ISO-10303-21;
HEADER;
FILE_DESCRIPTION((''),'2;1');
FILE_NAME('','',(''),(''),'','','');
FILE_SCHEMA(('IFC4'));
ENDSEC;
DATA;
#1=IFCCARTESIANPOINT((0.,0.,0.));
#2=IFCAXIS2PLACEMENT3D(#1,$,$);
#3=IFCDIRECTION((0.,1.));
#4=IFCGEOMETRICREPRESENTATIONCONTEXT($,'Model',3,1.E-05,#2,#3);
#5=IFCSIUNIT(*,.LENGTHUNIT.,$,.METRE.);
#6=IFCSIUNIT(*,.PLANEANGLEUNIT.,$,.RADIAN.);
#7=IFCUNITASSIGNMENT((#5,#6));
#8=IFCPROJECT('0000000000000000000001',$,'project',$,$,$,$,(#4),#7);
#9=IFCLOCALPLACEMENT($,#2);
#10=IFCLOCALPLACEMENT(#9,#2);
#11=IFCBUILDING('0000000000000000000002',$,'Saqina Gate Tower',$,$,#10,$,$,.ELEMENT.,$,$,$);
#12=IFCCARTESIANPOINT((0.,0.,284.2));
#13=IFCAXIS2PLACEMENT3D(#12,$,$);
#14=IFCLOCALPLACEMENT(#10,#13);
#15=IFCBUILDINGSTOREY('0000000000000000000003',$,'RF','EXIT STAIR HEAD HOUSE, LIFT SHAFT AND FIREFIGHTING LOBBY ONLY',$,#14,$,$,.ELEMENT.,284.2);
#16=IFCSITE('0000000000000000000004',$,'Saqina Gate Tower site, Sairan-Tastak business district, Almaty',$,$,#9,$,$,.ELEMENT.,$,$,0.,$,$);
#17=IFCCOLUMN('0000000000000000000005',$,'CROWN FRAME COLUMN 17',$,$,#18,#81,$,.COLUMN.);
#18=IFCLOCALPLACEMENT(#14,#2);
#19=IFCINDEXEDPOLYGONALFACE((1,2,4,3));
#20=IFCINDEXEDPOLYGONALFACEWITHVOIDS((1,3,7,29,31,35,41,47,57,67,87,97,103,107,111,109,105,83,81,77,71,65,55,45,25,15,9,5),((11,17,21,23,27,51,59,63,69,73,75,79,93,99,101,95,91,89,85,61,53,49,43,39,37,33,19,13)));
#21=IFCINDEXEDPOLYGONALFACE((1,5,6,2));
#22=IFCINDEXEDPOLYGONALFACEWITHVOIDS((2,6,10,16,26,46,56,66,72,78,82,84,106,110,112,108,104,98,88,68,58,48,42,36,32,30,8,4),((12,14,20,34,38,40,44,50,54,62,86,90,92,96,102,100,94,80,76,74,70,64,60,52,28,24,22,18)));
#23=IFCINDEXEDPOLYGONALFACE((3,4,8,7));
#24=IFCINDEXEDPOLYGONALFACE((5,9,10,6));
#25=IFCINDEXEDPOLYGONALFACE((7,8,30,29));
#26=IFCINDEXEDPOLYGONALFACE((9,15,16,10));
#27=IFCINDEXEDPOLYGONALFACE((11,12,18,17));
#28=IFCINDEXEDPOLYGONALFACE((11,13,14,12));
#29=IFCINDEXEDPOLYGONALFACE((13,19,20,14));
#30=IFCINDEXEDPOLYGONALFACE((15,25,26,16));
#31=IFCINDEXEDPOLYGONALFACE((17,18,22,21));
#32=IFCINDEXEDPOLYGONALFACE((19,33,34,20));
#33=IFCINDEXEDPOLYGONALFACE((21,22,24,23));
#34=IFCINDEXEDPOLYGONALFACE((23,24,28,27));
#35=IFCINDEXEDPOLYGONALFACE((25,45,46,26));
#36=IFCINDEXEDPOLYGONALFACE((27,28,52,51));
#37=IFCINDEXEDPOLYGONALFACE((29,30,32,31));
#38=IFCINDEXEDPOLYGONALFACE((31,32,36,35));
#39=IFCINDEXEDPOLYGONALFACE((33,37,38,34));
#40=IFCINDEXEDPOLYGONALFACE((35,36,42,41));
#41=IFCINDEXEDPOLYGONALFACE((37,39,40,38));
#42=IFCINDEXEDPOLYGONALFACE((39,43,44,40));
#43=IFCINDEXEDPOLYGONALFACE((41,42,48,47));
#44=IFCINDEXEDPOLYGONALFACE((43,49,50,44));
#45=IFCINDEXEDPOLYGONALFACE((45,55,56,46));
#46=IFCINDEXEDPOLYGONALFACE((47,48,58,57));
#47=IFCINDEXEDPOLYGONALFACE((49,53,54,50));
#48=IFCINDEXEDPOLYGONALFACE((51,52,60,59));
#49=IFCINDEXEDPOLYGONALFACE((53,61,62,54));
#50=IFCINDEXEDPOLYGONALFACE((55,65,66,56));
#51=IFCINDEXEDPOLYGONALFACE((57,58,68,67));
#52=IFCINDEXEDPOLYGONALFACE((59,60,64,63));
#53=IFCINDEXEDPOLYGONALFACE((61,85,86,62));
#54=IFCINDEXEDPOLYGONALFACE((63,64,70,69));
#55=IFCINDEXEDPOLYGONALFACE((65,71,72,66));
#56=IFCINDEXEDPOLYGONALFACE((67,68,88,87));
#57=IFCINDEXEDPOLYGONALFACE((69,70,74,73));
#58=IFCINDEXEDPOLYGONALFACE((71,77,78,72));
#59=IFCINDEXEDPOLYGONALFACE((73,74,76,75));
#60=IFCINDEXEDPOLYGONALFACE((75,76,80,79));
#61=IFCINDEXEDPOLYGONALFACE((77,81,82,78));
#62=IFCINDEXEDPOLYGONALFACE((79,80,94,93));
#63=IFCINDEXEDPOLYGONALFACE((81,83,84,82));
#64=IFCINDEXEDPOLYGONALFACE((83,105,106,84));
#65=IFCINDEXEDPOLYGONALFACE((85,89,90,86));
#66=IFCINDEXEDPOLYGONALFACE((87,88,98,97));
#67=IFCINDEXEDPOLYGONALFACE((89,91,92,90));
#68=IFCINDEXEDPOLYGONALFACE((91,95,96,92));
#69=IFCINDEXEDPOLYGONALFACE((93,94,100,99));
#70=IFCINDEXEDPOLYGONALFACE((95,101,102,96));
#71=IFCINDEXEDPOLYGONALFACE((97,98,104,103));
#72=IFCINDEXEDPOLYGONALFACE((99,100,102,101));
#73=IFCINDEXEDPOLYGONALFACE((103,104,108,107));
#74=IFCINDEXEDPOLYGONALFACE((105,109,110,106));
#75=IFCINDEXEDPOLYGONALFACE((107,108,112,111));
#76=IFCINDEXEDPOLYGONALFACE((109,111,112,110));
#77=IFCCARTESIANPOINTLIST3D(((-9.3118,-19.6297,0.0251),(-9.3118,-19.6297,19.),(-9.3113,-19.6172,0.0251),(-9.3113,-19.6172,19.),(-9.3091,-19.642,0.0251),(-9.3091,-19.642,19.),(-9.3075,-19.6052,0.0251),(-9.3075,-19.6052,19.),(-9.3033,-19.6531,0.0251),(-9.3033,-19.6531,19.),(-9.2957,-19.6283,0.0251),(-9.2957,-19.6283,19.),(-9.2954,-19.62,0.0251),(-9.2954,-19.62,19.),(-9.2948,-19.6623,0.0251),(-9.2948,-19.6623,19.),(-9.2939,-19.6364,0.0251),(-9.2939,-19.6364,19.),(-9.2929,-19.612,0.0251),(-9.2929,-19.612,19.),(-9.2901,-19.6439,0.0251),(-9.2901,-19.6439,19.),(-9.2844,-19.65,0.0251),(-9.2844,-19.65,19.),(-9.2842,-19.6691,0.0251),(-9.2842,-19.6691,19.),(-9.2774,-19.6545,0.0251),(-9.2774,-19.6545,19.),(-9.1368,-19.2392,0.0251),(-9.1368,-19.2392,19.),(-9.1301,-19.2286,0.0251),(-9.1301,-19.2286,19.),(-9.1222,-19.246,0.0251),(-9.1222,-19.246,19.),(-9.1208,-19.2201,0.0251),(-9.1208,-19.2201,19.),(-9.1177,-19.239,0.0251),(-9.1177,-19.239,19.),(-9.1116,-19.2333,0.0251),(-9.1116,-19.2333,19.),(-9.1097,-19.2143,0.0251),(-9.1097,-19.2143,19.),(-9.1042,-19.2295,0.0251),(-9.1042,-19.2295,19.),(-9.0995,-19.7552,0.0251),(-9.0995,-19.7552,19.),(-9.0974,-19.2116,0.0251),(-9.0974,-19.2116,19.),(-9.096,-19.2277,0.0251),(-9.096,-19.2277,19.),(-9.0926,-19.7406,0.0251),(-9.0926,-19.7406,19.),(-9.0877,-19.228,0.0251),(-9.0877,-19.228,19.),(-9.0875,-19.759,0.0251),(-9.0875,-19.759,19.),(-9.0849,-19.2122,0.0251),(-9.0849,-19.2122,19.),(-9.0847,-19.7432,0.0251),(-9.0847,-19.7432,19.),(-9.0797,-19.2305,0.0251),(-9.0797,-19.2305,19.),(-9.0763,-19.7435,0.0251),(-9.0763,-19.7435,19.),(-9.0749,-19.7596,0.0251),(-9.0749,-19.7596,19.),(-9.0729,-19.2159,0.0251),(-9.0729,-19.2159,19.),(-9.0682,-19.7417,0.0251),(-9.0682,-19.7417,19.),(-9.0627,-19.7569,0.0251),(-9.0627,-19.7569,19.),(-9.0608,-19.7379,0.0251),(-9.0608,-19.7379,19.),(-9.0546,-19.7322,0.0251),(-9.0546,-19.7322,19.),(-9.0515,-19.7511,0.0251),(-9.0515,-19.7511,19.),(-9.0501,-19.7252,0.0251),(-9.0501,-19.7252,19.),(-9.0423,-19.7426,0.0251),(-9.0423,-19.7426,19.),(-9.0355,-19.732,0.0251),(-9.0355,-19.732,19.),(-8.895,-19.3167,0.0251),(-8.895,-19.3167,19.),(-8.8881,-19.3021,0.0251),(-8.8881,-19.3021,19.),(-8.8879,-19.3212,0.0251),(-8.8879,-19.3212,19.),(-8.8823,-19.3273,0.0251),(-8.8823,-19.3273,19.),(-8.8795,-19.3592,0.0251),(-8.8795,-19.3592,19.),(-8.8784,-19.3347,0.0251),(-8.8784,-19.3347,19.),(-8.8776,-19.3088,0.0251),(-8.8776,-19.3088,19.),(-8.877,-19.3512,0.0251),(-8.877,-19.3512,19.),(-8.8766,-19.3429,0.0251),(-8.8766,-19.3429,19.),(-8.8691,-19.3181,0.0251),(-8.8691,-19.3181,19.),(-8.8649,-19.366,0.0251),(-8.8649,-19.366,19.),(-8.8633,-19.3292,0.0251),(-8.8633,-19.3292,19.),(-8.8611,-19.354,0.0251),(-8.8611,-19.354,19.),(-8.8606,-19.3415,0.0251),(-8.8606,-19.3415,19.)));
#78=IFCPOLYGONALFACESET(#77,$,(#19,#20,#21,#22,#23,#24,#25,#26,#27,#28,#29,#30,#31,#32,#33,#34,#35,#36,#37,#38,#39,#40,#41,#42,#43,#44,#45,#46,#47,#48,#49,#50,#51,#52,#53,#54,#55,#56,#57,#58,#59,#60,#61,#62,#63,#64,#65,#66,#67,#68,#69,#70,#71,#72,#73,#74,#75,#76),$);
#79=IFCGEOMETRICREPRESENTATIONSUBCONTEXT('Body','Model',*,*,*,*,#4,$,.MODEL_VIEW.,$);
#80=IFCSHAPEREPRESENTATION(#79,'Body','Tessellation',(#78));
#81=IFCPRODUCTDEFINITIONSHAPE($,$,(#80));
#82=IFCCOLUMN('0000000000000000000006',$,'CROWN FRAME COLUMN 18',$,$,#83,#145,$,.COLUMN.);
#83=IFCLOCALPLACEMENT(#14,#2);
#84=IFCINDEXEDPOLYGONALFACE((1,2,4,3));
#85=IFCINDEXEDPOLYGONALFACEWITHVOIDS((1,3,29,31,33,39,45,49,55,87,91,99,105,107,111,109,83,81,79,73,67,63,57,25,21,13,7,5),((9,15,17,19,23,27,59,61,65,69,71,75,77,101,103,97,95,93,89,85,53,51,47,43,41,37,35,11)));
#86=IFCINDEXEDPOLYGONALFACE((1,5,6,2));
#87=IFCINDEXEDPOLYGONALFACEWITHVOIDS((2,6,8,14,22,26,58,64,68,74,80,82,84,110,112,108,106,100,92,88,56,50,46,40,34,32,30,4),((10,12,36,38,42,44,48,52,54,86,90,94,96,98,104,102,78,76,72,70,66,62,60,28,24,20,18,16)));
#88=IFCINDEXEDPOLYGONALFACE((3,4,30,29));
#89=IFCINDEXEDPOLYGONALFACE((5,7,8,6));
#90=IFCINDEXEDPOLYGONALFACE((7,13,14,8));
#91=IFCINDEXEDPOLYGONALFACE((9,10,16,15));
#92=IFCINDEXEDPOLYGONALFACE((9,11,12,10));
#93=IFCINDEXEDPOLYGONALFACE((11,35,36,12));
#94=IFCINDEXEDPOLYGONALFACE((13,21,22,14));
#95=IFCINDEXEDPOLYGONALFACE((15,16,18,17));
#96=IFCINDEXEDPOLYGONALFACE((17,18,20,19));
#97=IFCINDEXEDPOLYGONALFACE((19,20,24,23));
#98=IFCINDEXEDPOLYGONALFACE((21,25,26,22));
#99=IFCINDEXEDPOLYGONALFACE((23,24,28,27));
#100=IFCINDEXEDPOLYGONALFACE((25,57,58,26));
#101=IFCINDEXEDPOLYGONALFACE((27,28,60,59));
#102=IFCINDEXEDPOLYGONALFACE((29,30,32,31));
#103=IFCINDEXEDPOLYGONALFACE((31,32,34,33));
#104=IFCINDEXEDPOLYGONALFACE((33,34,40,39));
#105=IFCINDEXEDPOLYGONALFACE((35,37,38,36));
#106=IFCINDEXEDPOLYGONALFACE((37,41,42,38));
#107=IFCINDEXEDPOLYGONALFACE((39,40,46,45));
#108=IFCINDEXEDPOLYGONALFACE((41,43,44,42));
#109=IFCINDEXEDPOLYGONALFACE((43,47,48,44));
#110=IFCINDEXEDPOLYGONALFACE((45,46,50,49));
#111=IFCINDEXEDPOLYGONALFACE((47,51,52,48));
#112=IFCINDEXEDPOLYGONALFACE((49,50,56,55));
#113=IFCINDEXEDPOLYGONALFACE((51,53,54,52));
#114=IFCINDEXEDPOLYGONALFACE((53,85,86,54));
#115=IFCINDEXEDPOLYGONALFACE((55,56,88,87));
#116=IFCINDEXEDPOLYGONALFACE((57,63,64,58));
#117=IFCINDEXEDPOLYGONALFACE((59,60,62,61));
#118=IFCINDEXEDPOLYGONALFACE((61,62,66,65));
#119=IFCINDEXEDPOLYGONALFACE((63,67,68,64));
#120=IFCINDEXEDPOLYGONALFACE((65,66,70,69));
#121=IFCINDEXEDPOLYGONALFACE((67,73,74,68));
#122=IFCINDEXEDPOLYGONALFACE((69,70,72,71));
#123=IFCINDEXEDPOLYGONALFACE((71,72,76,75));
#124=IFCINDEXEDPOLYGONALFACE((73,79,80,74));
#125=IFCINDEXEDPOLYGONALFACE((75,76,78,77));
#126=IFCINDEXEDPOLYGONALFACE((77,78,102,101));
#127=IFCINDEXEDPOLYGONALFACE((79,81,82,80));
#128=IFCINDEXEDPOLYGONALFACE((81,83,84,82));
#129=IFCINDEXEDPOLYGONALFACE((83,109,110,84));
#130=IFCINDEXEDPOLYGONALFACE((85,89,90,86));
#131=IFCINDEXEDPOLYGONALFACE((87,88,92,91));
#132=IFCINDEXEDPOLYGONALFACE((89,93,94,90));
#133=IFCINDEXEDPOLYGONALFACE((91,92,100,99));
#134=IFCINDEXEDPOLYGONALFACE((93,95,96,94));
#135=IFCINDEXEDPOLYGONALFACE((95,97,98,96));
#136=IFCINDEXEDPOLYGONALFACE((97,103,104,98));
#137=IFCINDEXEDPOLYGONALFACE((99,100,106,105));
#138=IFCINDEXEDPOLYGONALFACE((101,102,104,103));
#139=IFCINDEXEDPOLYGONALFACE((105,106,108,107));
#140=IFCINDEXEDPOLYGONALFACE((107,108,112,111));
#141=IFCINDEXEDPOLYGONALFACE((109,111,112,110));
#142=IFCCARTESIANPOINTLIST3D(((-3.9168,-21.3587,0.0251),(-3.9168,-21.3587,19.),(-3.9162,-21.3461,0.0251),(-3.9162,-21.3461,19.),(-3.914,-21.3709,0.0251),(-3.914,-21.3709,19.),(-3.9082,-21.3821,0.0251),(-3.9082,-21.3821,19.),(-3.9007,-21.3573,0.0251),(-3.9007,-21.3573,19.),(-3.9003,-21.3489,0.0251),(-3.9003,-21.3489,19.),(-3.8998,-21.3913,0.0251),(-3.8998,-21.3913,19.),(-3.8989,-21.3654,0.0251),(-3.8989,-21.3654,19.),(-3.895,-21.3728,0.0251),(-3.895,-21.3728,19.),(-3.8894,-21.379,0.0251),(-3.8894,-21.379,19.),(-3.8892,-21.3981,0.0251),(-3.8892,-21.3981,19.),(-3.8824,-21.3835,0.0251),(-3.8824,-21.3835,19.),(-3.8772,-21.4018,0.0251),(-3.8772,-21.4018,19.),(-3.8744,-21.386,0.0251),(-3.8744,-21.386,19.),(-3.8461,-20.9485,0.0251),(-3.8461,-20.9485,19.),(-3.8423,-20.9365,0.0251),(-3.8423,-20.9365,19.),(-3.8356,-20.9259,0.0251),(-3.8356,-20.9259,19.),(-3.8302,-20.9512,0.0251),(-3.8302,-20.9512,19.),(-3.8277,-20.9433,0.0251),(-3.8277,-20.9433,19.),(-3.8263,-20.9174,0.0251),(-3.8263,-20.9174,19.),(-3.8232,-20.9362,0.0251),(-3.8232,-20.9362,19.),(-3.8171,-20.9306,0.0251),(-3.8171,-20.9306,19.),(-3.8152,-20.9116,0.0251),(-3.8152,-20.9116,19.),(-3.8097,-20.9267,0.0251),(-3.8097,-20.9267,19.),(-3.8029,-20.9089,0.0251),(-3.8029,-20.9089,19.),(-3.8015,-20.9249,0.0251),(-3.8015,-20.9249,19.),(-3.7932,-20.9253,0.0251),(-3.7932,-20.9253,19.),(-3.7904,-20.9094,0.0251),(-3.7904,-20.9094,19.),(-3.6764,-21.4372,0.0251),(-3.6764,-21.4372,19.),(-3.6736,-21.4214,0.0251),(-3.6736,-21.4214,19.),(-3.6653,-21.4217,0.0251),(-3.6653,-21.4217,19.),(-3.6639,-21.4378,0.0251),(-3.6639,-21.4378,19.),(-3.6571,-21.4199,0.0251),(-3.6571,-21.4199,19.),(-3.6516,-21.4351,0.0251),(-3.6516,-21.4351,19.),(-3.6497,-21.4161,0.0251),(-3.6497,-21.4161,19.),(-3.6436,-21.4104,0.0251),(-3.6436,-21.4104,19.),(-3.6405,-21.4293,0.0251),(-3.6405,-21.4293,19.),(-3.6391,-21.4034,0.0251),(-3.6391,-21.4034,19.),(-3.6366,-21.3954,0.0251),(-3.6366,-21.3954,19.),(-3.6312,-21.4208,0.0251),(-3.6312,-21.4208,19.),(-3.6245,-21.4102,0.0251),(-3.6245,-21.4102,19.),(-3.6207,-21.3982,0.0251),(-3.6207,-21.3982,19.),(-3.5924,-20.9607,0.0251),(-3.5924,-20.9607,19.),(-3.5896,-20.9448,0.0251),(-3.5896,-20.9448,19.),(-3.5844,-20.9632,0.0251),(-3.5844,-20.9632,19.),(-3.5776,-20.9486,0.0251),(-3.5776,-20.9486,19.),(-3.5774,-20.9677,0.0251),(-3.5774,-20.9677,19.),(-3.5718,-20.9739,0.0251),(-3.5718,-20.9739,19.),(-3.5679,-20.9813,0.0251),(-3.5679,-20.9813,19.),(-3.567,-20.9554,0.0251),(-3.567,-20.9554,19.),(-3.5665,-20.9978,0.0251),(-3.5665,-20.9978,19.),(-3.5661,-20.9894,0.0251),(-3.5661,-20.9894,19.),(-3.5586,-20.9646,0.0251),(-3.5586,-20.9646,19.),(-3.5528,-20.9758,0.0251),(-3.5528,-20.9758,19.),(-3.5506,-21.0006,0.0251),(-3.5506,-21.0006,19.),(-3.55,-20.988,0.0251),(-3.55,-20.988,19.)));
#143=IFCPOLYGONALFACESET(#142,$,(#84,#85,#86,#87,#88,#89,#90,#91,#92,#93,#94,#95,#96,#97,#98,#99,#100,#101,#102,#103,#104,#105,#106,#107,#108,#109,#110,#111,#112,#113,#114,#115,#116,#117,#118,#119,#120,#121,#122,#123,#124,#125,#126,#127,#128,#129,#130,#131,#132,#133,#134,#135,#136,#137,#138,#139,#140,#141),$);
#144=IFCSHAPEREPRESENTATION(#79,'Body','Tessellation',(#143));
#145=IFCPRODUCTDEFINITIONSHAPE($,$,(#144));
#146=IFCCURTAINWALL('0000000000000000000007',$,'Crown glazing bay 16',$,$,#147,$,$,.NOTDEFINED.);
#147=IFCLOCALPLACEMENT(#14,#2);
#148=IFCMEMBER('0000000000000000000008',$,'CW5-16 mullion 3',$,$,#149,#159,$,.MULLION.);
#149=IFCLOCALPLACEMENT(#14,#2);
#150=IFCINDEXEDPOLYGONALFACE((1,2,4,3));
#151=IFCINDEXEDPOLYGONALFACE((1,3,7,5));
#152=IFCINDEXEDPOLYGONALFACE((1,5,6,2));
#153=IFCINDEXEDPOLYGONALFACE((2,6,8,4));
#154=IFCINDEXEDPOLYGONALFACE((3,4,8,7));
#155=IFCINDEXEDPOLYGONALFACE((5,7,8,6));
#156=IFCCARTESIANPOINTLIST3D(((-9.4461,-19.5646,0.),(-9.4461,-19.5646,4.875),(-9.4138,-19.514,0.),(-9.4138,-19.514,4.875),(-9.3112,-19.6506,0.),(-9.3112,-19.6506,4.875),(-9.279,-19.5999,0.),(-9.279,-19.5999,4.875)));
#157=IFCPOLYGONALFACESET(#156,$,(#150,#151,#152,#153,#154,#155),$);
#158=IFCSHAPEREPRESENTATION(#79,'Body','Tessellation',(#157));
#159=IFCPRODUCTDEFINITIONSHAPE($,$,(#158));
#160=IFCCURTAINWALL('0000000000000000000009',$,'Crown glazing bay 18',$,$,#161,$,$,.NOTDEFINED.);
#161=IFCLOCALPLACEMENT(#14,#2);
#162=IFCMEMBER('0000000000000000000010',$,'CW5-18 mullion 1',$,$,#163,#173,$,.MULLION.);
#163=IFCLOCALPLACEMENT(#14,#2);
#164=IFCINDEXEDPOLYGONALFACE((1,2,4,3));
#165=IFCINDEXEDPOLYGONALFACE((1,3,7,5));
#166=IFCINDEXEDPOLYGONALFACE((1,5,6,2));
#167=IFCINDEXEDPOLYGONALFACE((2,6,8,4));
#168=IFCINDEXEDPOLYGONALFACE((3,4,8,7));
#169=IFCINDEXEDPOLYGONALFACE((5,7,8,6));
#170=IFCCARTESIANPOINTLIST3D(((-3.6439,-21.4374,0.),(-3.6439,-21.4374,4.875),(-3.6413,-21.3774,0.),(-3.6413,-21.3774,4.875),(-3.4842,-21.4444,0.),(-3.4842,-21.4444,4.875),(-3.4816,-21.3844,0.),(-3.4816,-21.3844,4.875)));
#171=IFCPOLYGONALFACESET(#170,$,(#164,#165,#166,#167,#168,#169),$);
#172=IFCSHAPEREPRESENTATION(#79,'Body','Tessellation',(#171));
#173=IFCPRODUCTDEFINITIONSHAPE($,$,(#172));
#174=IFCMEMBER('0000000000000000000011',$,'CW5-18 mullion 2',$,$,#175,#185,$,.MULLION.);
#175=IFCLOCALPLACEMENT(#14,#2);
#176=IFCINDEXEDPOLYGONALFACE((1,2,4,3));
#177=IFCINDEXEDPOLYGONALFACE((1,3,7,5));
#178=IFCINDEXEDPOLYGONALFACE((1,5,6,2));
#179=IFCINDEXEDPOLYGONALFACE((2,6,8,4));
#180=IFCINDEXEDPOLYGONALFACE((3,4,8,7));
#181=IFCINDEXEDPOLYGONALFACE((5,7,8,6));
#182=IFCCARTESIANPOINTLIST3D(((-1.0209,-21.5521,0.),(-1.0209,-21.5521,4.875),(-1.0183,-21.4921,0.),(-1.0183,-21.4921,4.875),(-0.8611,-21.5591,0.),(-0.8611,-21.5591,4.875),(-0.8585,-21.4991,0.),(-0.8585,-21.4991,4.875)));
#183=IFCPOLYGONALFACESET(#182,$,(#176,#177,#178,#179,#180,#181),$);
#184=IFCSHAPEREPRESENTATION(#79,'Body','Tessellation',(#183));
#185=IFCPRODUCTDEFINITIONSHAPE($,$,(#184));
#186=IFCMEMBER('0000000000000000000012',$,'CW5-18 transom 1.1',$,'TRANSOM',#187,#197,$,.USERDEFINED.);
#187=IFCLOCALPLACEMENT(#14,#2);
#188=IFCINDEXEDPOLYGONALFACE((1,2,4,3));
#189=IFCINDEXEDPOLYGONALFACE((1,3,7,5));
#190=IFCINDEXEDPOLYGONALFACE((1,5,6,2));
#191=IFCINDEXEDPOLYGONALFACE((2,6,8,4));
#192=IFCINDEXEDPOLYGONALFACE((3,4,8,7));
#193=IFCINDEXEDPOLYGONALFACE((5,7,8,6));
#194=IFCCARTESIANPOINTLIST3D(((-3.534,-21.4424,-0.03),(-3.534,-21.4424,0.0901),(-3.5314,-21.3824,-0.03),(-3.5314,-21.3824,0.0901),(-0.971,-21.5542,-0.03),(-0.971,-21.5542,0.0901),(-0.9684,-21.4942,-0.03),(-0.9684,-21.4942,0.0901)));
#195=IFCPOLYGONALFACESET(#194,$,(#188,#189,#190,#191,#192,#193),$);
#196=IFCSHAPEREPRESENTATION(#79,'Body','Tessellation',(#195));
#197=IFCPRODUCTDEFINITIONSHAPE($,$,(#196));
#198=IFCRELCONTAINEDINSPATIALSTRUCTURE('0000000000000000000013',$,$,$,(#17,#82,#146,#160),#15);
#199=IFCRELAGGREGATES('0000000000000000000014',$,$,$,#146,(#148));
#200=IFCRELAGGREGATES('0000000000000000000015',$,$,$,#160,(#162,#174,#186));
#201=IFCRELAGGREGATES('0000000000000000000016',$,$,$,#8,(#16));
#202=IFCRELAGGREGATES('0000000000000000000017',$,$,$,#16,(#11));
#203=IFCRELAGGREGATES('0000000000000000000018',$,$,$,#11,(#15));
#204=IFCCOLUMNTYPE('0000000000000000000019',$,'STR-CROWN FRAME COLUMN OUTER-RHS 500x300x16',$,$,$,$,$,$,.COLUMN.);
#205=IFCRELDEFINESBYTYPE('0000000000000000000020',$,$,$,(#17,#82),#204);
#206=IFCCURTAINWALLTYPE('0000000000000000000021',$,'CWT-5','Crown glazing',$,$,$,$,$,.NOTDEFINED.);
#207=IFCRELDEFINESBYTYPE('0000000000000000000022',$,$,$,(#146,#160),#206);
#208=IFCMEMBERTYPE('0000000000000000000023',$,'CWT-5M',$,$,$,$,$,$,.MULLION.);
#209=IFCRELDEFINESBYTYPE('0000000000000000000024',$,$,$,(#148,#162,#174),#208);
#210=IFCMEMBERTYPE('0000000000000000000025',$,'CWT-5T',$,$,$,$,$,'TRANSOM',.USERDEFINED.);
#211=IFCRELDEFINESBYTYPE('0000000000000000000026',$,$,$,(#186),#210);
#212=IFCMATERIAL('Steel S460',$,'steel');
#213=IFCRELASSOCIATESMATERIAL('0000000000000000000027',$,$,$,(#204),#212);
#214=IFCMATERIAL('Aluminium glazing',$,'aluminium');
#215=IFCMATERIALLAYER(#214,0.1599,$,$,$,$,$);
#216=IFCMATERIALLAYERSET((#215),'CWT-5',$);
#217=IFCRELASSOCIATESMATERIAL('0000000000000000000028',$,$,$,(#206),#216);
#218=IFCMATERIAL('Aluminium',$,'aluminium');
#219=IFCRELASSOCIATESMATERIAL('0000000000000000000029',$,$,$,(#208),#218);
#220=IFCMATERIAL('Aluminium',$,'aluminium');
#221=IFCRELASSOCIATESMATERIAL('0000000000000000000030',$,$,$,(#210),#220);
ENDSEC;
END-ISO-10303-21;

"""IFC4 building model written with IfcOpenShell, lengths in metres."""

from ifc_helpers import new_model, si_unit, direction, frame, origin, origin_2d, place, context, subcontext, project, spatial, rectangle, hollow_rectangle, extrude, material, layer, layer_set, material_profile, profile_set, type_object, element, aggregate, save


model = new_model("IFC4")

# Units and contexts
model_context = context("Model", 3, precision=1e-05, world=origin(), true_north=direction((0.0, 1.0)))
body_context = subcontext(model_context, "Body", "Model", "MODEL_VIEW")
ifc_project = project(units=[si_unit("LENGTHUNIT", "METRE"), si_unit("PLANEANGLEUNIT", "RADIAN")], contexts=[model_context])

# Site, building, storey
site_placement = place(None, origin())
site = spatial("IfcSite", under=ifc_project, at=site_placement, Name="Saqina Gate Tower site, Sairan-Tastak business district, Almaty", CompositionType="ELEMENT", RefElevation=0.0)
building_placement = place(site_placement, origin())
building = spatial("IfcBuilding", under=site, at=building_placement, Name="Saqina Gate Tower", CompositionType="ELEMENT")
storey_placement = place(building_placement, frame((0.0, 0.0, 284.2)))
storey = spatial("IfcBuildingStorey", under=building, at=storey_placement, Name="RF", Description="EXIT STAIR HEAD HOUSE, LIFT SHAFT AND FIREFIGHTING LOBBY ONLY", CompositionType="ELEMENT", Elevation=284.2)

# Columns
ifc_material_1 = material(Name="Steel S460", Category="steel")
ifc_material_profile_1 = material_profile(ifc_material_1, hollow_rectangle(XDim=0.3, YDim=0.5, WallThickness=0.0161, InnerFilletRadius=0.032, OuterFilletRadius=0.0481, at=origin_2d()), Name="RHS 500x300x16")
ifc_profile_set_1 = profile_set([ifc_material_profile_1], Name="Steel S460")
column_type = type_object("IfcColumnType", Name="STR-CROWN FRAME COLUMN OUTER-RHS 500x300x16", PredefinedType="COLUMN", material=ifc_profile_set_1)
for number, where, z_axis, x_axis, name in (
    (1, (-9.0862, -19.4856, 0.0251), (0.0, 0.0, 1.0), (0.906308, -0.422618, 0.0), "CROWN FRAME COLUMN 17"),
    (2, (-3.7334, -21.1733, 0.0251), (0.0, 0.0, 1.0), (0.984808, -0.173648, 0.0), "CROWN FRAME COLUMN 18"),
):
    element("IfcColumn", number, at=place(storey_placement, frame(where, z_axis=z_axis, x_axis=x_axis)), inside=storey, type_object=column_type, Name=name, PredefinedType="COLUMN", context=body_context, shape_type="SweptSolid", body=[
        extrude(hollow_rectangle(XDim=0.3, YDim=0.5, WallThickness=0.0161, InnerFilletRadius=0.032, OuterFilletRadius=0.0481, at=origin_2d()), origin(), (0.0, 0.0, 1.0), 18.9749),
    ])

# Curtain wall, member
ifc_material_2 = material(Name="Aluminium glazing", Category="aluminium")
ifc_layer_1 = layer(ifc_material_2, 0.1599)
ifc_layer_set_1 = layer_set([ifc_layer_1], Name="CWT-5")
curtain_wall_type = type_object("IfcCurtainWallType", Name="CWT-5", Description="Crown glazing", PredefinedType="NOTDEFINED", material=ifc_layer_set_1)
curtain_wall_1_placement = place(storey_placement, origin())
curtain_wall_1 = element("IfcCurtainWall", 3, at=curtain_wall_1_placement, inside=storey, type_object=curtain_wall_type, Name="Crown glazing bay 16", PredefinedType="NOTDEFINED")
ifc_material_3 = material(Name="Aluminium", Category="aluminium")
ifc_material_profile_2 = material_profile(ifc_material_3, rectangle(XDim=0.0601, YDim=0.1599, at=origin_2d()), Name="Aluminium 60x160")
ifc_profile_set_2 = profile_set([ifc_material_profile_2], Name="Aluminium")
member_type_1 = type_object("IfcMemberType", Name="CWT-5M", PredefinedType="MULLION", material=ifc_profile_set_2)
member_1_placement = place(storey_placement, frame((-9.3625, -19.5823, 0.0), z_axis=(0.0, 0.0, 1.0), x_axis=(0.537295, 0.843395, 0.0)))
member_1 = element("IfcMember", 4, at=member_1_placement, type_object=member_type_1, Name="CW5-16 mullion 3", PredefinedType="MULLION", context=body_context, shape_type="SweptSolid", body=[
    extrude(rectangle(XDim=0.0601, YDim=0.1599, at=origin_2d()), origin(), (0.0, 0.0, 1.0), 4.875),
])

# Curtain wall, members
curtain_wall_2_placement = place(storey_placement, origin())
curtain_wall_2 = element("IfcCurtainWall", 5, at=curtain_wall_2_placement, inside=storey, type_object=curtain_wall_type, Name="Crown glazing bay 18", PredefinedType="NOTDEFINED")
member_2_placement = place(storey_placement, frame((-3.5627, -21.4109, 0.0), z_axis=(0.0, 0.0, 1.0), x_axis=(0.043629, 0.999048, 0.0)))
member_2 = element("IfcMember", 6, at=member_2_placement, type_object=member_type_1, Name="CW5-18 mullion 1", PredefinedType="MULLION", context=body_context, shape_type="SweptSolid", body=[
    extrude(rectangle(XDim=0.0601, YDim=0.1599, at=origin_2d()), origin(), (0.0, 0.0, 1.0), 4.875),
])
member_3_placement = place(storey_placement, frame((-0.9397, -21.5256, 0.0), z_axis=(0.0, 0.0, 1.0), x_axis=(0.043629, 0.999048, 0.0)))
member_3 = element("IfcMember", 7, at=member_3_placement, type_object=member_type_1, Name="CW5-18 mullion 2", PredefinedType="MULLION", context=body_context, shape_type="SweptSolid", body=[
    extrude(rectangle(XDim=0.0601, YDim=0.1599, at=origin_2d()), origin(), (0.0, 0.0, 1.0), 4.875),
])
ifc_material_4 = material(Name="Aluminium", Category="aluminium")
ifc_material_profile_3 = material_profile(ifc_material_4, rectangle(XDim=0.0601, YDim=0.1201, at=origin_2d()), Name="Aluminium 60x120")
ifc_profile_set_3 = profile_set([ifc_material_profile_3], Name="Aluminium")
member_type_2 = type_object("IfcMemberType", Name="CWT-5T", ElementType="TRANSOM", PredefinedType="USERDEFINED", material=ifc_profile_set_3)
member_4_placement = place(storey_placement, frame((-3.5327, -21.4124, 0.03), z_axis=(0.99905, -0.043586, 0.0), x_axis=(0.043586, 0.99905, 0.0)))
member_4 = element("IfcMember", 8, at=member_4_placement, type_object=member_type_2, Name="CW5-18 transom 1.1", ObjectType="TRANSOM", PredefinedType="USERDEFINED", context=body_context, shape_type="SweptSolid", body=[
    extrude(rectangle(XDim=0.0601, YDim=0.1201, at=origin_2d()), origin(), (0.0, 0.0, 1.0), 2.5654),
])

aggregate(curtain_wall_1, [member_1])
aggregate(curtain_wall_2, [member_2, member_3, member_4])

save(model, "model.ifc")
